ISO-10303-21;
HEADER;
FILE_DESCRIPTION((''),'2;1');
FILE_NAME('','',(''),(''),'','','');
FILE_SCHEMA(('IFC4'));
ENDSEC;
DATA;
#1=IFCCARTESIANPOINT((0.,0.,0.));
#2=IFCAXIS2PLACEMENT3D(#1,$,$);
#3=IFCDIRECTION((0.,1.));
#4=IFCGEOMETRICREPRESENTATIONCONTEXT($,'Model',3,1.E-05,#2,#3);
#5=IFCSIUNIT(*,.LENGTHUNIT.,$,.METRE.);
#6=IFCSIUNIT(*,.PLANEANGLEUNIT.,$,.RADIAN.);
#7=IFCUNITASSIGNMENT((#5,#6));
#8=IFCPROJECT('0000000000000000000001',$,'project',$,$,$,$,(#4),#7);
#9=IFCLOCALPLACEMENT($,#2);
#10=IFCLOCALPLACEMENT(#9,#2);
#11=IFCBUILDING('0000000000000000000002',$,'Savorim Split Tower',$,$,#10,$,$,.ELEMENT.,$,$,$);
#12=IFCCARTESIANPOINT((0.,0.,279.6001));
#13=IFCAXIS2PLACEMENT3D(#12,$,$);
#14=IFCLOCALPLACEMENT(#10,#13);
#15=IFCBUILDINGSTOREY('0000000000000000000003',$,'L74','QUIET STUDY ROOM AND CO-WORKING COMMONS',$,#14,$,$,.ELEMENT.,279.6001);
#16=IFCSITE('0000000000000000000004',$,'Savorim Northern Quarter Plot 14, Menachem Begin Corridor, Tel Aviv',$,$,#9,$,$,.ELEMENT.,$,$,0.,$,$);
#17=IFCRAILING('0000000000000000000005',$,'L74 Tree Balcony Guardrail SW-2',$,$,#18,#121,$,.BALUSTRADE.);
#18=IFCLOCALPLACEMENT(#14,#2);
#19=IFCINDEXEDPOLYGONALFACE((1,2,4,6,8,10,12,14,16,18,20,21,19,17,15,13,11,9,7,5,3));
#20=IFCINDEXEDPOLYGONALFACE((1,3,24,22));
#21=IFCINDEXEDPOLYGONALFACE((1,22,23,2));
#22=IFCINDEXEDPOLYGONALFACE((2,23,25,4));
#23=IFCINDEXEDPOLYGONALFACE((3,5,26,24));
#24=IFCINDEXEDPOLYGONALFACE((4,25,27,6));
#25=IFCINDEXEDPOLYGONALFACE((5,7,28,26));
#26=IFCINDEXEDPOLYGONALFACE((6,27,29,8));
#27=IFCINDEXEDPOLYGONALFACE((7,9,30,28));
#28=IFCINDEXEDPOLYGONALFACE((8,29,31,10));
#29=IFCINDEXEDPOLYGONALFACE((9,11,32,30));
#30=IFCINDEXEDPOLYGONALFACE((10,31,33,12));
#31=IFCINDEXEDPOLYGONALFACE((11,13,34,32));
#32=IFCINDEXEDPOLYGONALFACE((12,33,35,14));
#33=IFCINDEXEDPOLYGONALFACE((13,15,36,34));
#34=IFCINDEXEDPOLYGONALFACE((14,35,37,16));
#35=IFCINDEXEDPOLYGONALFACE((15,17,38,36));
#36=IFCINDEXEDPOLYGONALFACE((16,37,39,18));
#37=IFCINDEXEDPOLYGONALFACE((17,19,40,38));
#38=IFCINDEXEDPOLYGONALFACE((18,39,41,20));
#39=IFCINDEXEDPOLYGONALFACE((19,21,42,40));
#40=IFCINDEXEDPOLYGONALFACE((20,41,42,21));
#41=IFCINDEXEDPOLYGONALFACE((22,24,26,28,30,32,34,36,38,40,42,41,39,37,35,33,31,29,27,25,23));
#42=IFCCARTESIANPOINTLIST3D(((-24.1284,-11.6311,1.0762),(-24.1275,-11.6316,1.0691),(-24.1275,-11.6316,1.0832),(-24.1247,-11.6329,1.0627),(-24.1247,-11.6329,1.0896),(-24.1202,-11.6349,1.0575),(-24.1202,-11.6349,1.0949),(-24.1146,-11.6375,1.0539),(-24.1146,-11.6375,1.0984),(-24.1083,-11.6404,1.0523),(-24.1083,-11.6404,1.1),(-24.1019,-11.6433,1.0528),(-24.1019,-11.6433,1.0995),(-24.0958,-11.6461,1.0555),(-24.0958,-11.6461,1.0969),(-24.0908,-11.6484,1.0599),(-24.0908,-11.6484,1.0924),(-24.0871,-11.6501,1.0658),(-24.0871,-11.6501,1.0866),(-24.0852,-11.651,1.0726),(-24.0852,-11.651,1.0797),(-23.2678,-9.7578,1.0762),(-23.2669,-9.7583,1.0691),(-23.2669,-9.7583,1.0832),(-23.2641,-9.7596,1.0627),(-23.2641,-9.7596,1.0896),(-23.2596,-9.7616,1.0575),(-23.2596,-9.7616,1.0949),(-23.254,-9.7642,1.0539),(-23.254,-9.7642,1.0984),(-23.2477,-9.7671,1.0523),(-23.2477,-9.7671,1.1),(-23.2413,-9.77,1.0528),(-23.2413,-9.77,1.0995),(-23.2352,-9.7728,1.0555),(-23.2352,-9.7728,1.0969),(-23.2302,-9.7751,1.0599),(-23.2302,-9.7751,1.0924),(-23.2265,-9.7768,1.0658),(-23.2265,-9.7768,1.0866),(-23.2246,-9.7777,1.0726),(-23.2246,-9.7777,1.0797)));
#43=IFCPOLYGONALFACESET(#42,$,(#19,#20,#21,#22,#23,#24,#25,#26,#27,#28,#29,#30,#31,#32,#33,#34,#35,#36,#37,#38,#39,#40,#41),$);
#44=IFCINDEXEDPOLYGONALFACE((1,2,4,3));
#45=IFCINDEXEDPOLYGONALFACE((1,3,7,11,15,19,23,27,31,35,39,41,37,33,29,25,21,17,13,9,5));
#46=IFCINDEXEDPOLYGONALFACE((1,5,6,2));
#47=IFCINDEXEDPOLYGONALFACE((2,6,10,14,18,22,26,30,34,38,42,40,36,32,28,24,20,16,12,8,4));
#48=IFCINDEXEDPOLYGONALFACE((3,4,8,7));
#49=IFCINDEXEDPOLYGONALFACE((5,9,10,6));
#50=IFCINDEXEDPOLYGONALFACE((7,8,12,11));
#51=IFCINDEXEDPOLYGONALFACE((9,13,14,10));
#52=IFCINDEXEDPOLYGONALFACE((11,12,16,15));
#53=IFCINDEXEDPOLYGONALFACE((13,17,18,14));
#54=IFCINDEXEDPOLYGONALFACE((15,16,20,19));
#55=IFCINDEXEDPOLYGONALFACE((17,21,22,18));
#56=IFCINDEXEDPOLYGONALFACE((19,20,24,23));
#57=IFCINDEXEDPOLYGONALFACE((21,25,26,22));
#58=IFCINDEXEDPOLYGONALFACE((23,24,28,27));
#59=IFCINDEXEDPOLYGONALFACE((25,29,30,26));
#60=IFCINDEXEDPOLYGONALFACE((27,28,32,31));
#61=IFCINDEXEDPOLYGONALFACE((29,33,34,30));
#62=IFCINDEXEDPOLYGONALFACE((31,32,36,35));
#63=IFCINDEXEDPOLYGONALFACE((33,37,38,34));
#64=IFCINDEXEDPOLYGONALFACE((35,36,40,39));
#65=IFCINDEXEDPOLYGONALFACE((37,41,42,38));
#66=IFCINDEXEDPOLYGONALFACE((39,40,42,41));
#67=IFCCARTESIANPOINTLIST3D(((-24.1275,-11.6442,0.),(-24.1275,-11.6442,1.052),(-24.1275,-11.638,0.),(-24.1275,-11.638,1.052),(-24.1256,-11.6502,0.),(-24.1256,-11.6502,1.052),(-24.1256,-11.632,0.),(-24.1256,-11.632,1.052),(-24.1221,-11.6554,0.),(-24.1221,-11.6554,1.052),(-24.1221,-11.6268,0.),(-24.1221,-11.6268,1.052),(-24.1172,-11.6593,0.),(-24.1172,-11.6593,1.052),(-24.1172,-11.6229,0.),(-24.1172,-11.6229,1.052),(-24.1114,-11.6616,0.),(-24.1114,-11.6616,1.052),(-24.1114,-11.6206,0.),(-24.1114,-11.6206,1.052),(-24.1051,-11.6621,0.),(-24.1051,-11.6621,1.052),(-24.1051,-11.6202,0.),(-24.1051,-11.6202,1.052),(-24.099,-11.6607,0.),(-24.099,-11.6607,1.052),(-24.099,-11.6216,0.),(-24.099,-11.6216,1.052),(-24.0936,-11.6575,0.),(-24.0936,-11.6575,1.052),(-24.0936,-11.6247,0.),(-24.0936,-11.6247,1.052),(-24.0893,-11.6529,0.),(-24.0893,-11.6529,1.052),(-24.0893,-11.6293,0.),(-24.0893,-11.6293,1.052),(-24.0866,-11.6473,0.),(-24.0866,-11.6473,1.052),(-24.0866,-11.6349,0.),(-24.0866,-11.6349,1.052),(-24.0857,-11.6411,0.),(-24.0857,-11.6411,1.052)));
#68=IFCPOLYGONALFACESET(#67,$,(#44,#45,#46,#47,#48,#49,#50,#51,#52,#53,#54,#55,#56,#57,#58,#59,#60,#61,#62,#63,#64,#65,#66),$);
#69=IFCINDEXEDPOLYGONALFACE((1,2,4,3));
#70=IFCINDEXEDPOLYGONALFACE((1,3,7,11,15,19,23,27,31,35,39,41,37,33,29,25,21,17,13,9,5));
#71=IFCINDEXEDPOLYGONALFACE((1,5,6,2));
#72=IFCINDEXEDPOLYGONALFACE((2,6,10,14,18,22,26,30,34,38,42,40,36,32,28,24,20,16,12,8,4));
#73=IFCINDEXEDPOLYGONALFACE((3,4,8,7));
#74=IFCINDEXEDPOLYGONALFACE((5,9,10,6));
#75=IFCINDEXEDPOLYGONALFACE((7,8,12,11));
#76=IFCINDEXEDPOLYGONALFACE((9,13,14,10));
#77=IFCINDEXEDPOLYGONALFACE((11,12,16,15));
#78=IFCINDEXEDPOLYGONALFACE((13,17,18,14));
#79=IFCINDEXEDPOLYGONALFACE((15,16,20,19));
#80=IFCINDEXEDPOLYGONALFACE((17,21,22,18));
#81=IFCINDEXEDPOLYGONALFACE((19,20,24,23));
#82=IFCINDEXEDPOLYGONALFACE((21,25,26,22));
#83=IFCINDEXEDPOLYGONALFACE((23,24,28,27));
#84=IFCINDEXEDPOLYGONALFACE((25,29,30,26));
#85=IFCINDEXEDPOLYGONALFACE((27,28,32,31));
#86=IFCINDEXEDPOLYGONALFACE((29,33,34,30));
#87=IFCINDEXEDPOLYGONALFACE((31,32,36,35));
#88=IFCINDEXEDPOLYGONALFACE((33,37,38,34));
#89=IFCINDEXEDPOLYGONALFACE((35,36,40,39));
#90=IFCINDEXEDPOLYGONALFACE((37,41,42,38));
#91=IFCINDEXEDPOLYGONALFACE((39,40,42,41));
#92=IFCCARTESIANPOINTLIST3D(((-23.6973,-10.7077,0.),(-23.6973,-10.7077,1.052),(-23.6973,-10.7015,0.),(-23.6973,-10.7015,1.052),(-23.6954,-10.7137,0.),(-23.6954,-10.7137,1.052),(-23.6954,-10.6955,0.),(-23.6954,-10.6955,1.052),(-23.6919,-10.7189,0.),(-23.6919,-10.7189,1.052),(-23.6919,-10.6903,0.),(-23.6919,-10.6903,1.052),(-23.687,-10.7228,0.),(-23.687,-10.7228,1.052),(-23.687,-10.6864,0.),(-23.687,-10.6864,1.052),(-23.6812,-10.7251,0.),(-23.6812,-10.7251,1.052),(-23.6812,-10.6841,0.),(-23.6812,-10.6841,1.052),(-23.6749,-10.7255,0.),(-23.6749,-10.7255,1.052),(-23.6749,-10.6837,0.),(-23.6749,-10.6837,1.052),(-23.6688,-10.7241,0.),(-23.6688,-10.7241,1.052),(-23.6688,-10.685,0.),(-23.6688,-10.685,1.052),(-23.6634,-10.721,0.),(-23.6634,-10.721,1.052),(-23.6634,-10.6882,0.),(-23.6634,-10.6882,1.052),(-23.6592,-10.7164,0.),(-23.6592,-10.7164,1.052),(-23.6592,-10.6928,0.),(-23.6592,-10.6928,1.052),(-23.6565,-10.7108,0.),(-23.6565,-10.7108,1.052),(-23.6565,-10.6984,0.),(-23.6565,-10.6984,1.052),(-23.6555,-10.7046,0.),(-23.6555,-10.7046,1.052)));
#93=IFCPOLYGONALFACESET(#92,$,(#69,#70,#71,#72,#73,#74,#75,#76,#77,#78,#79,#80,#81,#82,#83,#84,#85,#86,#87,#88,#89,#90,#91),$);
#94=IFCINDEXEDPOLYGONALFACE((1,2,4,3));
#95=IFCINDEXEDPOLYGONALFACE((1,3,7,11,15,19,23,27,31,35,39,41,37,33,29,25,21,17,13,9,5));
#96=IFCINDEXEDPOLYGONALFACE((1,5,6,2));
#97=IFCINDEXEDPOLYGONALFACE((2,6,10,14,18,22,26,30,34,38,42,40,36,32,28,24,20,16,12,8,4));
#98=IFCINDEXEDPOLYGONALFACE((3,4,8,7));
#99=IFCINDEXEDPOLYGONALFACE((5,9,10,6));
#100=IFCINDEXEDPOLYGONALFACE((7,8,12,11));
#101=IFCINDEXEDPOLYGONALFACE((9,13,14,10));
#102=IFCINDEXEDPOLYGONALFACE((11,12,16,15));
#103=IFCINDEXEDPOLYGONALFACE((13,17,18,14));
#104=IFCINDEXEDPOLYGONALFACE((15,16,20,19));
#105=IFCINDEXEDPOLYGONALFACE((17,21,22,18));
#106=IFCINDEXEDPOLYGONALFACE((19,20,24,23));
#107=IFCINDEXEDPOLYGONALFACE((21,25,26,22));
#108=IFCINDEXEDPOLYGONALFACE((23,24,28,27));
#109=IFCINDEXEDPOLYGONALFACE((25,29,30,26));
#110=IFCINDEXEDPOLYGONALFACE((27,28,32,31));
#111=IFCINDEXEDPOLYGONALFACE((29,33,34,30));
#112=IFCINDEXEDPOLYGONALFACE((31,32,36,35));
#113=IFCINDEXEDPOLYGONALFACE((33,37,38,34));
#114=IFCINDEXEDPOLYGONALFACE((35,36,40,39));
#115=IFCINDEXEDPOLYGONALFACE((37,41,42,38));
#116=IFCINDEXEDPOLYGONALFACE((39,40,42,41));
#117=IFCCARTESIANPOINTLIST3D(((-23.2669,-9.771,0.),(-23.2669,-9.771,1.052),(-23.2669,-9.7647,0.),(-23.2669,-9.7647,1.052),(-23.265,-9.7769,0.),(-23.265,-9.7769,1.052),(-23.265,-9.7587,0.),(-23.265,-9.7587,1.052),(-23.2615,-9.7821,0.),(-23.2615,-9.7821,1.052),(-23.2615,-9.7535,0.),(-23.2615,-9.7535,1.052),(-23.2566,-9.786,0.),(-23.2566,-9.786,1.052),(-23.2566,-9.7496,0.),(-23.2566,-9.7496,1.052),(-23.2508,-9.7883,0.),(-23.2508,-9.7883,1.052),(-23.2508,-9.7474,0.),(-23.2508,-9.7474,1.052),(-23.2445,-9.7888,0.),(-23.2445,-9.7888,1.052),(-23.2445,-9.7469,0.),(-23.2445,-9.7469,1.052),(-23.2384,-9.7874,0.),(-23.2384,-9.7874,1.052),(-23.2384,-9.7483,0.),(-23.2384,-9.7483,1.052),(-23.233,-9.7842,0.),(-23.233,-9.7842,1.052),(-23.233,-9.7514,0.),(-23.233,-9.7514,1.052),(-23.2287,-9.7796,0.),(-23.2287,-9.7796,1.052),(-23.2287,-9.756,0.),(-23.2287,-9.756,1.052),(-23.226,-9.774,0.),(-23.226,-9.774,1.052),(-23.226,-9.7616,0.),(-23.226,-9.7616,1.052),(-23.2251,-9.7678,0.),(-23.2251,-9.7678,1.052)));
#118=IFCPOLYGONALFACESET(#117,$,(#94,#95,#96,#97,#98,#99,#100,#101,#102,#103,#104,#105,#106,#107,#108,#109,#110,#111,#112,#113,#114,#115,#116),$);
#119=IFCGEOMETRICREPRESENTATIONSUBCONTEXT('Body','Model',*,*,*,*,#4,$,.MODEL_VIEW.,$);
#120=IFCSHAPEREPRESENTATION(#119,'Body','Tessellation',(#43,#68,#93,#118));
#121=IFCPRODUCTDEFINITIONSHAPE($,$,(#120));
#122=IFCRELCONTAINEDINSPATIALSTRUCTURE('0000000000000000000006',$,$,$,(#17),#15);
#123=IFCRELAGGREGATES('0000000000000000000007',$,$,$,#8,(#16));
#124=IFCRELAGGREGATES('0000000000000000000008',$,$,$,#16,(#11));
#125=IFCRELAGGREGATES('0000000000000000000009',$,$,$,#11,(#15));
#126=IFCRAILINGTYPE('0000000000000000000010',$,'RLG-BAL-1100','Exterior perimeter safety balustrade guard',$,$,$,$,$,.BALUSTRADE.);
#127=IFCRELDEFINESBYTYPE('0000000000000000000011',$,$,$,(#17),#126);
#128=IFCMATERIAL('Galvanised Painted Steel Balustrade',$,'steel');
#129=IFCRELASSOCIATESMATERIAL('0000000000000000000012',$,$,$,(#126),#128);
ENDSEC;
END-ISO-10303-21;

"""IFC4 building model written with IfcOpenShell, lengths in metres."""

from ifc_helpers import new_model, si_unit, direction, frame, origin, origin_2d, place, context, subcontext, project, spatial, circle, extrude, material, type_object, element, save


model = new_model("IFC4")

# Units and contexts
model_context = context("Model", 3, precision=1e-05, world=origin(), true_north=direction((0.0, 1.0)))
body_context = subcontext(model_context, "Body", "Model", "MODEL_VIEW")
ifc_project = project(units=[si_unit("LENGTHUNIT", "METRE"), si_unit("PLANEANGLEUNIT", "RADIAN")], contexts=[model_context])

# Site, building, storey
site_placement = place(None, origin())
site = spatial("IfcSite", under=ifc_project, at=site_placement, Name="Savorim Northern Quarter Plot 14, Menachem Begin Corridor, Tel Aviv", CompositionType="ELEMENT", RefElevation=0.0)
building_placement = place(site_placement, origin())
building = spatial("IfcBuilding", under=site, at=building_placement, Name="Savorim Split Tower", CompositionType="ELEMENT")
storey_placement = place(building_placement, frame((0.0, 0.0, 279.6001)))
storey = spatial("IfcBuildingStorey", under=building, at=storey_placement, Name="L74", Description="QUIET STUDY ROOM AND CO-WORKING COMMONS", CompositionType="ELEMENT", Elevation=279.6001)

# Railing
ifc_material_1 = material(Name="Galvanised Painted Steel Balustrade", Category="steel")
railing_type = type_object("IfcRailingType", Name="RLG-BAL-1100", Description="Exterior perimeter safety balustrade guard", PredefinedType="BALUSTRADE", material=ifc_material_1)
railing_1_placement = place(storey_placement, frame((-24.1067, -11.6411, 0.0)))
element("IfcRailing", 1, at=railing_1_placement, inside=storey, type_object=railing_type, Name="L74 Tree Balcony Guardrail SW-2", PredefinedType="BALUSTRADE", context=body_context, shape_type="SweptSolid", body=[
    extrude(circle(Radius=0.0239, at=origin_2d()), frame((0.0, 0.0, 1.0762), z_axis=(0.417458, 0.908696, 0.0), x_axis=(-0.908696, 0.417458, 0.0)), (0.0, 0.0, 1.0), 2.0615),
    extrude(circle(Radius=0.021, at=origin_2d()), origin(), (0.0, 0.0, 1.0), 1.052),
    extrude(circle(Radius=0.021, at=origin_2d()), frame((0.4302, 0.9365, 0.0)), (0.0, 0.0, 1.0), 1.052),
    extrude(circle(Radius=0.021, at=origin_2d()), frame((0.8606, 1.8733, 0.0)), (0.0, 0.0, 1.0), 1.052),
])

save(model, "model.ifc")
